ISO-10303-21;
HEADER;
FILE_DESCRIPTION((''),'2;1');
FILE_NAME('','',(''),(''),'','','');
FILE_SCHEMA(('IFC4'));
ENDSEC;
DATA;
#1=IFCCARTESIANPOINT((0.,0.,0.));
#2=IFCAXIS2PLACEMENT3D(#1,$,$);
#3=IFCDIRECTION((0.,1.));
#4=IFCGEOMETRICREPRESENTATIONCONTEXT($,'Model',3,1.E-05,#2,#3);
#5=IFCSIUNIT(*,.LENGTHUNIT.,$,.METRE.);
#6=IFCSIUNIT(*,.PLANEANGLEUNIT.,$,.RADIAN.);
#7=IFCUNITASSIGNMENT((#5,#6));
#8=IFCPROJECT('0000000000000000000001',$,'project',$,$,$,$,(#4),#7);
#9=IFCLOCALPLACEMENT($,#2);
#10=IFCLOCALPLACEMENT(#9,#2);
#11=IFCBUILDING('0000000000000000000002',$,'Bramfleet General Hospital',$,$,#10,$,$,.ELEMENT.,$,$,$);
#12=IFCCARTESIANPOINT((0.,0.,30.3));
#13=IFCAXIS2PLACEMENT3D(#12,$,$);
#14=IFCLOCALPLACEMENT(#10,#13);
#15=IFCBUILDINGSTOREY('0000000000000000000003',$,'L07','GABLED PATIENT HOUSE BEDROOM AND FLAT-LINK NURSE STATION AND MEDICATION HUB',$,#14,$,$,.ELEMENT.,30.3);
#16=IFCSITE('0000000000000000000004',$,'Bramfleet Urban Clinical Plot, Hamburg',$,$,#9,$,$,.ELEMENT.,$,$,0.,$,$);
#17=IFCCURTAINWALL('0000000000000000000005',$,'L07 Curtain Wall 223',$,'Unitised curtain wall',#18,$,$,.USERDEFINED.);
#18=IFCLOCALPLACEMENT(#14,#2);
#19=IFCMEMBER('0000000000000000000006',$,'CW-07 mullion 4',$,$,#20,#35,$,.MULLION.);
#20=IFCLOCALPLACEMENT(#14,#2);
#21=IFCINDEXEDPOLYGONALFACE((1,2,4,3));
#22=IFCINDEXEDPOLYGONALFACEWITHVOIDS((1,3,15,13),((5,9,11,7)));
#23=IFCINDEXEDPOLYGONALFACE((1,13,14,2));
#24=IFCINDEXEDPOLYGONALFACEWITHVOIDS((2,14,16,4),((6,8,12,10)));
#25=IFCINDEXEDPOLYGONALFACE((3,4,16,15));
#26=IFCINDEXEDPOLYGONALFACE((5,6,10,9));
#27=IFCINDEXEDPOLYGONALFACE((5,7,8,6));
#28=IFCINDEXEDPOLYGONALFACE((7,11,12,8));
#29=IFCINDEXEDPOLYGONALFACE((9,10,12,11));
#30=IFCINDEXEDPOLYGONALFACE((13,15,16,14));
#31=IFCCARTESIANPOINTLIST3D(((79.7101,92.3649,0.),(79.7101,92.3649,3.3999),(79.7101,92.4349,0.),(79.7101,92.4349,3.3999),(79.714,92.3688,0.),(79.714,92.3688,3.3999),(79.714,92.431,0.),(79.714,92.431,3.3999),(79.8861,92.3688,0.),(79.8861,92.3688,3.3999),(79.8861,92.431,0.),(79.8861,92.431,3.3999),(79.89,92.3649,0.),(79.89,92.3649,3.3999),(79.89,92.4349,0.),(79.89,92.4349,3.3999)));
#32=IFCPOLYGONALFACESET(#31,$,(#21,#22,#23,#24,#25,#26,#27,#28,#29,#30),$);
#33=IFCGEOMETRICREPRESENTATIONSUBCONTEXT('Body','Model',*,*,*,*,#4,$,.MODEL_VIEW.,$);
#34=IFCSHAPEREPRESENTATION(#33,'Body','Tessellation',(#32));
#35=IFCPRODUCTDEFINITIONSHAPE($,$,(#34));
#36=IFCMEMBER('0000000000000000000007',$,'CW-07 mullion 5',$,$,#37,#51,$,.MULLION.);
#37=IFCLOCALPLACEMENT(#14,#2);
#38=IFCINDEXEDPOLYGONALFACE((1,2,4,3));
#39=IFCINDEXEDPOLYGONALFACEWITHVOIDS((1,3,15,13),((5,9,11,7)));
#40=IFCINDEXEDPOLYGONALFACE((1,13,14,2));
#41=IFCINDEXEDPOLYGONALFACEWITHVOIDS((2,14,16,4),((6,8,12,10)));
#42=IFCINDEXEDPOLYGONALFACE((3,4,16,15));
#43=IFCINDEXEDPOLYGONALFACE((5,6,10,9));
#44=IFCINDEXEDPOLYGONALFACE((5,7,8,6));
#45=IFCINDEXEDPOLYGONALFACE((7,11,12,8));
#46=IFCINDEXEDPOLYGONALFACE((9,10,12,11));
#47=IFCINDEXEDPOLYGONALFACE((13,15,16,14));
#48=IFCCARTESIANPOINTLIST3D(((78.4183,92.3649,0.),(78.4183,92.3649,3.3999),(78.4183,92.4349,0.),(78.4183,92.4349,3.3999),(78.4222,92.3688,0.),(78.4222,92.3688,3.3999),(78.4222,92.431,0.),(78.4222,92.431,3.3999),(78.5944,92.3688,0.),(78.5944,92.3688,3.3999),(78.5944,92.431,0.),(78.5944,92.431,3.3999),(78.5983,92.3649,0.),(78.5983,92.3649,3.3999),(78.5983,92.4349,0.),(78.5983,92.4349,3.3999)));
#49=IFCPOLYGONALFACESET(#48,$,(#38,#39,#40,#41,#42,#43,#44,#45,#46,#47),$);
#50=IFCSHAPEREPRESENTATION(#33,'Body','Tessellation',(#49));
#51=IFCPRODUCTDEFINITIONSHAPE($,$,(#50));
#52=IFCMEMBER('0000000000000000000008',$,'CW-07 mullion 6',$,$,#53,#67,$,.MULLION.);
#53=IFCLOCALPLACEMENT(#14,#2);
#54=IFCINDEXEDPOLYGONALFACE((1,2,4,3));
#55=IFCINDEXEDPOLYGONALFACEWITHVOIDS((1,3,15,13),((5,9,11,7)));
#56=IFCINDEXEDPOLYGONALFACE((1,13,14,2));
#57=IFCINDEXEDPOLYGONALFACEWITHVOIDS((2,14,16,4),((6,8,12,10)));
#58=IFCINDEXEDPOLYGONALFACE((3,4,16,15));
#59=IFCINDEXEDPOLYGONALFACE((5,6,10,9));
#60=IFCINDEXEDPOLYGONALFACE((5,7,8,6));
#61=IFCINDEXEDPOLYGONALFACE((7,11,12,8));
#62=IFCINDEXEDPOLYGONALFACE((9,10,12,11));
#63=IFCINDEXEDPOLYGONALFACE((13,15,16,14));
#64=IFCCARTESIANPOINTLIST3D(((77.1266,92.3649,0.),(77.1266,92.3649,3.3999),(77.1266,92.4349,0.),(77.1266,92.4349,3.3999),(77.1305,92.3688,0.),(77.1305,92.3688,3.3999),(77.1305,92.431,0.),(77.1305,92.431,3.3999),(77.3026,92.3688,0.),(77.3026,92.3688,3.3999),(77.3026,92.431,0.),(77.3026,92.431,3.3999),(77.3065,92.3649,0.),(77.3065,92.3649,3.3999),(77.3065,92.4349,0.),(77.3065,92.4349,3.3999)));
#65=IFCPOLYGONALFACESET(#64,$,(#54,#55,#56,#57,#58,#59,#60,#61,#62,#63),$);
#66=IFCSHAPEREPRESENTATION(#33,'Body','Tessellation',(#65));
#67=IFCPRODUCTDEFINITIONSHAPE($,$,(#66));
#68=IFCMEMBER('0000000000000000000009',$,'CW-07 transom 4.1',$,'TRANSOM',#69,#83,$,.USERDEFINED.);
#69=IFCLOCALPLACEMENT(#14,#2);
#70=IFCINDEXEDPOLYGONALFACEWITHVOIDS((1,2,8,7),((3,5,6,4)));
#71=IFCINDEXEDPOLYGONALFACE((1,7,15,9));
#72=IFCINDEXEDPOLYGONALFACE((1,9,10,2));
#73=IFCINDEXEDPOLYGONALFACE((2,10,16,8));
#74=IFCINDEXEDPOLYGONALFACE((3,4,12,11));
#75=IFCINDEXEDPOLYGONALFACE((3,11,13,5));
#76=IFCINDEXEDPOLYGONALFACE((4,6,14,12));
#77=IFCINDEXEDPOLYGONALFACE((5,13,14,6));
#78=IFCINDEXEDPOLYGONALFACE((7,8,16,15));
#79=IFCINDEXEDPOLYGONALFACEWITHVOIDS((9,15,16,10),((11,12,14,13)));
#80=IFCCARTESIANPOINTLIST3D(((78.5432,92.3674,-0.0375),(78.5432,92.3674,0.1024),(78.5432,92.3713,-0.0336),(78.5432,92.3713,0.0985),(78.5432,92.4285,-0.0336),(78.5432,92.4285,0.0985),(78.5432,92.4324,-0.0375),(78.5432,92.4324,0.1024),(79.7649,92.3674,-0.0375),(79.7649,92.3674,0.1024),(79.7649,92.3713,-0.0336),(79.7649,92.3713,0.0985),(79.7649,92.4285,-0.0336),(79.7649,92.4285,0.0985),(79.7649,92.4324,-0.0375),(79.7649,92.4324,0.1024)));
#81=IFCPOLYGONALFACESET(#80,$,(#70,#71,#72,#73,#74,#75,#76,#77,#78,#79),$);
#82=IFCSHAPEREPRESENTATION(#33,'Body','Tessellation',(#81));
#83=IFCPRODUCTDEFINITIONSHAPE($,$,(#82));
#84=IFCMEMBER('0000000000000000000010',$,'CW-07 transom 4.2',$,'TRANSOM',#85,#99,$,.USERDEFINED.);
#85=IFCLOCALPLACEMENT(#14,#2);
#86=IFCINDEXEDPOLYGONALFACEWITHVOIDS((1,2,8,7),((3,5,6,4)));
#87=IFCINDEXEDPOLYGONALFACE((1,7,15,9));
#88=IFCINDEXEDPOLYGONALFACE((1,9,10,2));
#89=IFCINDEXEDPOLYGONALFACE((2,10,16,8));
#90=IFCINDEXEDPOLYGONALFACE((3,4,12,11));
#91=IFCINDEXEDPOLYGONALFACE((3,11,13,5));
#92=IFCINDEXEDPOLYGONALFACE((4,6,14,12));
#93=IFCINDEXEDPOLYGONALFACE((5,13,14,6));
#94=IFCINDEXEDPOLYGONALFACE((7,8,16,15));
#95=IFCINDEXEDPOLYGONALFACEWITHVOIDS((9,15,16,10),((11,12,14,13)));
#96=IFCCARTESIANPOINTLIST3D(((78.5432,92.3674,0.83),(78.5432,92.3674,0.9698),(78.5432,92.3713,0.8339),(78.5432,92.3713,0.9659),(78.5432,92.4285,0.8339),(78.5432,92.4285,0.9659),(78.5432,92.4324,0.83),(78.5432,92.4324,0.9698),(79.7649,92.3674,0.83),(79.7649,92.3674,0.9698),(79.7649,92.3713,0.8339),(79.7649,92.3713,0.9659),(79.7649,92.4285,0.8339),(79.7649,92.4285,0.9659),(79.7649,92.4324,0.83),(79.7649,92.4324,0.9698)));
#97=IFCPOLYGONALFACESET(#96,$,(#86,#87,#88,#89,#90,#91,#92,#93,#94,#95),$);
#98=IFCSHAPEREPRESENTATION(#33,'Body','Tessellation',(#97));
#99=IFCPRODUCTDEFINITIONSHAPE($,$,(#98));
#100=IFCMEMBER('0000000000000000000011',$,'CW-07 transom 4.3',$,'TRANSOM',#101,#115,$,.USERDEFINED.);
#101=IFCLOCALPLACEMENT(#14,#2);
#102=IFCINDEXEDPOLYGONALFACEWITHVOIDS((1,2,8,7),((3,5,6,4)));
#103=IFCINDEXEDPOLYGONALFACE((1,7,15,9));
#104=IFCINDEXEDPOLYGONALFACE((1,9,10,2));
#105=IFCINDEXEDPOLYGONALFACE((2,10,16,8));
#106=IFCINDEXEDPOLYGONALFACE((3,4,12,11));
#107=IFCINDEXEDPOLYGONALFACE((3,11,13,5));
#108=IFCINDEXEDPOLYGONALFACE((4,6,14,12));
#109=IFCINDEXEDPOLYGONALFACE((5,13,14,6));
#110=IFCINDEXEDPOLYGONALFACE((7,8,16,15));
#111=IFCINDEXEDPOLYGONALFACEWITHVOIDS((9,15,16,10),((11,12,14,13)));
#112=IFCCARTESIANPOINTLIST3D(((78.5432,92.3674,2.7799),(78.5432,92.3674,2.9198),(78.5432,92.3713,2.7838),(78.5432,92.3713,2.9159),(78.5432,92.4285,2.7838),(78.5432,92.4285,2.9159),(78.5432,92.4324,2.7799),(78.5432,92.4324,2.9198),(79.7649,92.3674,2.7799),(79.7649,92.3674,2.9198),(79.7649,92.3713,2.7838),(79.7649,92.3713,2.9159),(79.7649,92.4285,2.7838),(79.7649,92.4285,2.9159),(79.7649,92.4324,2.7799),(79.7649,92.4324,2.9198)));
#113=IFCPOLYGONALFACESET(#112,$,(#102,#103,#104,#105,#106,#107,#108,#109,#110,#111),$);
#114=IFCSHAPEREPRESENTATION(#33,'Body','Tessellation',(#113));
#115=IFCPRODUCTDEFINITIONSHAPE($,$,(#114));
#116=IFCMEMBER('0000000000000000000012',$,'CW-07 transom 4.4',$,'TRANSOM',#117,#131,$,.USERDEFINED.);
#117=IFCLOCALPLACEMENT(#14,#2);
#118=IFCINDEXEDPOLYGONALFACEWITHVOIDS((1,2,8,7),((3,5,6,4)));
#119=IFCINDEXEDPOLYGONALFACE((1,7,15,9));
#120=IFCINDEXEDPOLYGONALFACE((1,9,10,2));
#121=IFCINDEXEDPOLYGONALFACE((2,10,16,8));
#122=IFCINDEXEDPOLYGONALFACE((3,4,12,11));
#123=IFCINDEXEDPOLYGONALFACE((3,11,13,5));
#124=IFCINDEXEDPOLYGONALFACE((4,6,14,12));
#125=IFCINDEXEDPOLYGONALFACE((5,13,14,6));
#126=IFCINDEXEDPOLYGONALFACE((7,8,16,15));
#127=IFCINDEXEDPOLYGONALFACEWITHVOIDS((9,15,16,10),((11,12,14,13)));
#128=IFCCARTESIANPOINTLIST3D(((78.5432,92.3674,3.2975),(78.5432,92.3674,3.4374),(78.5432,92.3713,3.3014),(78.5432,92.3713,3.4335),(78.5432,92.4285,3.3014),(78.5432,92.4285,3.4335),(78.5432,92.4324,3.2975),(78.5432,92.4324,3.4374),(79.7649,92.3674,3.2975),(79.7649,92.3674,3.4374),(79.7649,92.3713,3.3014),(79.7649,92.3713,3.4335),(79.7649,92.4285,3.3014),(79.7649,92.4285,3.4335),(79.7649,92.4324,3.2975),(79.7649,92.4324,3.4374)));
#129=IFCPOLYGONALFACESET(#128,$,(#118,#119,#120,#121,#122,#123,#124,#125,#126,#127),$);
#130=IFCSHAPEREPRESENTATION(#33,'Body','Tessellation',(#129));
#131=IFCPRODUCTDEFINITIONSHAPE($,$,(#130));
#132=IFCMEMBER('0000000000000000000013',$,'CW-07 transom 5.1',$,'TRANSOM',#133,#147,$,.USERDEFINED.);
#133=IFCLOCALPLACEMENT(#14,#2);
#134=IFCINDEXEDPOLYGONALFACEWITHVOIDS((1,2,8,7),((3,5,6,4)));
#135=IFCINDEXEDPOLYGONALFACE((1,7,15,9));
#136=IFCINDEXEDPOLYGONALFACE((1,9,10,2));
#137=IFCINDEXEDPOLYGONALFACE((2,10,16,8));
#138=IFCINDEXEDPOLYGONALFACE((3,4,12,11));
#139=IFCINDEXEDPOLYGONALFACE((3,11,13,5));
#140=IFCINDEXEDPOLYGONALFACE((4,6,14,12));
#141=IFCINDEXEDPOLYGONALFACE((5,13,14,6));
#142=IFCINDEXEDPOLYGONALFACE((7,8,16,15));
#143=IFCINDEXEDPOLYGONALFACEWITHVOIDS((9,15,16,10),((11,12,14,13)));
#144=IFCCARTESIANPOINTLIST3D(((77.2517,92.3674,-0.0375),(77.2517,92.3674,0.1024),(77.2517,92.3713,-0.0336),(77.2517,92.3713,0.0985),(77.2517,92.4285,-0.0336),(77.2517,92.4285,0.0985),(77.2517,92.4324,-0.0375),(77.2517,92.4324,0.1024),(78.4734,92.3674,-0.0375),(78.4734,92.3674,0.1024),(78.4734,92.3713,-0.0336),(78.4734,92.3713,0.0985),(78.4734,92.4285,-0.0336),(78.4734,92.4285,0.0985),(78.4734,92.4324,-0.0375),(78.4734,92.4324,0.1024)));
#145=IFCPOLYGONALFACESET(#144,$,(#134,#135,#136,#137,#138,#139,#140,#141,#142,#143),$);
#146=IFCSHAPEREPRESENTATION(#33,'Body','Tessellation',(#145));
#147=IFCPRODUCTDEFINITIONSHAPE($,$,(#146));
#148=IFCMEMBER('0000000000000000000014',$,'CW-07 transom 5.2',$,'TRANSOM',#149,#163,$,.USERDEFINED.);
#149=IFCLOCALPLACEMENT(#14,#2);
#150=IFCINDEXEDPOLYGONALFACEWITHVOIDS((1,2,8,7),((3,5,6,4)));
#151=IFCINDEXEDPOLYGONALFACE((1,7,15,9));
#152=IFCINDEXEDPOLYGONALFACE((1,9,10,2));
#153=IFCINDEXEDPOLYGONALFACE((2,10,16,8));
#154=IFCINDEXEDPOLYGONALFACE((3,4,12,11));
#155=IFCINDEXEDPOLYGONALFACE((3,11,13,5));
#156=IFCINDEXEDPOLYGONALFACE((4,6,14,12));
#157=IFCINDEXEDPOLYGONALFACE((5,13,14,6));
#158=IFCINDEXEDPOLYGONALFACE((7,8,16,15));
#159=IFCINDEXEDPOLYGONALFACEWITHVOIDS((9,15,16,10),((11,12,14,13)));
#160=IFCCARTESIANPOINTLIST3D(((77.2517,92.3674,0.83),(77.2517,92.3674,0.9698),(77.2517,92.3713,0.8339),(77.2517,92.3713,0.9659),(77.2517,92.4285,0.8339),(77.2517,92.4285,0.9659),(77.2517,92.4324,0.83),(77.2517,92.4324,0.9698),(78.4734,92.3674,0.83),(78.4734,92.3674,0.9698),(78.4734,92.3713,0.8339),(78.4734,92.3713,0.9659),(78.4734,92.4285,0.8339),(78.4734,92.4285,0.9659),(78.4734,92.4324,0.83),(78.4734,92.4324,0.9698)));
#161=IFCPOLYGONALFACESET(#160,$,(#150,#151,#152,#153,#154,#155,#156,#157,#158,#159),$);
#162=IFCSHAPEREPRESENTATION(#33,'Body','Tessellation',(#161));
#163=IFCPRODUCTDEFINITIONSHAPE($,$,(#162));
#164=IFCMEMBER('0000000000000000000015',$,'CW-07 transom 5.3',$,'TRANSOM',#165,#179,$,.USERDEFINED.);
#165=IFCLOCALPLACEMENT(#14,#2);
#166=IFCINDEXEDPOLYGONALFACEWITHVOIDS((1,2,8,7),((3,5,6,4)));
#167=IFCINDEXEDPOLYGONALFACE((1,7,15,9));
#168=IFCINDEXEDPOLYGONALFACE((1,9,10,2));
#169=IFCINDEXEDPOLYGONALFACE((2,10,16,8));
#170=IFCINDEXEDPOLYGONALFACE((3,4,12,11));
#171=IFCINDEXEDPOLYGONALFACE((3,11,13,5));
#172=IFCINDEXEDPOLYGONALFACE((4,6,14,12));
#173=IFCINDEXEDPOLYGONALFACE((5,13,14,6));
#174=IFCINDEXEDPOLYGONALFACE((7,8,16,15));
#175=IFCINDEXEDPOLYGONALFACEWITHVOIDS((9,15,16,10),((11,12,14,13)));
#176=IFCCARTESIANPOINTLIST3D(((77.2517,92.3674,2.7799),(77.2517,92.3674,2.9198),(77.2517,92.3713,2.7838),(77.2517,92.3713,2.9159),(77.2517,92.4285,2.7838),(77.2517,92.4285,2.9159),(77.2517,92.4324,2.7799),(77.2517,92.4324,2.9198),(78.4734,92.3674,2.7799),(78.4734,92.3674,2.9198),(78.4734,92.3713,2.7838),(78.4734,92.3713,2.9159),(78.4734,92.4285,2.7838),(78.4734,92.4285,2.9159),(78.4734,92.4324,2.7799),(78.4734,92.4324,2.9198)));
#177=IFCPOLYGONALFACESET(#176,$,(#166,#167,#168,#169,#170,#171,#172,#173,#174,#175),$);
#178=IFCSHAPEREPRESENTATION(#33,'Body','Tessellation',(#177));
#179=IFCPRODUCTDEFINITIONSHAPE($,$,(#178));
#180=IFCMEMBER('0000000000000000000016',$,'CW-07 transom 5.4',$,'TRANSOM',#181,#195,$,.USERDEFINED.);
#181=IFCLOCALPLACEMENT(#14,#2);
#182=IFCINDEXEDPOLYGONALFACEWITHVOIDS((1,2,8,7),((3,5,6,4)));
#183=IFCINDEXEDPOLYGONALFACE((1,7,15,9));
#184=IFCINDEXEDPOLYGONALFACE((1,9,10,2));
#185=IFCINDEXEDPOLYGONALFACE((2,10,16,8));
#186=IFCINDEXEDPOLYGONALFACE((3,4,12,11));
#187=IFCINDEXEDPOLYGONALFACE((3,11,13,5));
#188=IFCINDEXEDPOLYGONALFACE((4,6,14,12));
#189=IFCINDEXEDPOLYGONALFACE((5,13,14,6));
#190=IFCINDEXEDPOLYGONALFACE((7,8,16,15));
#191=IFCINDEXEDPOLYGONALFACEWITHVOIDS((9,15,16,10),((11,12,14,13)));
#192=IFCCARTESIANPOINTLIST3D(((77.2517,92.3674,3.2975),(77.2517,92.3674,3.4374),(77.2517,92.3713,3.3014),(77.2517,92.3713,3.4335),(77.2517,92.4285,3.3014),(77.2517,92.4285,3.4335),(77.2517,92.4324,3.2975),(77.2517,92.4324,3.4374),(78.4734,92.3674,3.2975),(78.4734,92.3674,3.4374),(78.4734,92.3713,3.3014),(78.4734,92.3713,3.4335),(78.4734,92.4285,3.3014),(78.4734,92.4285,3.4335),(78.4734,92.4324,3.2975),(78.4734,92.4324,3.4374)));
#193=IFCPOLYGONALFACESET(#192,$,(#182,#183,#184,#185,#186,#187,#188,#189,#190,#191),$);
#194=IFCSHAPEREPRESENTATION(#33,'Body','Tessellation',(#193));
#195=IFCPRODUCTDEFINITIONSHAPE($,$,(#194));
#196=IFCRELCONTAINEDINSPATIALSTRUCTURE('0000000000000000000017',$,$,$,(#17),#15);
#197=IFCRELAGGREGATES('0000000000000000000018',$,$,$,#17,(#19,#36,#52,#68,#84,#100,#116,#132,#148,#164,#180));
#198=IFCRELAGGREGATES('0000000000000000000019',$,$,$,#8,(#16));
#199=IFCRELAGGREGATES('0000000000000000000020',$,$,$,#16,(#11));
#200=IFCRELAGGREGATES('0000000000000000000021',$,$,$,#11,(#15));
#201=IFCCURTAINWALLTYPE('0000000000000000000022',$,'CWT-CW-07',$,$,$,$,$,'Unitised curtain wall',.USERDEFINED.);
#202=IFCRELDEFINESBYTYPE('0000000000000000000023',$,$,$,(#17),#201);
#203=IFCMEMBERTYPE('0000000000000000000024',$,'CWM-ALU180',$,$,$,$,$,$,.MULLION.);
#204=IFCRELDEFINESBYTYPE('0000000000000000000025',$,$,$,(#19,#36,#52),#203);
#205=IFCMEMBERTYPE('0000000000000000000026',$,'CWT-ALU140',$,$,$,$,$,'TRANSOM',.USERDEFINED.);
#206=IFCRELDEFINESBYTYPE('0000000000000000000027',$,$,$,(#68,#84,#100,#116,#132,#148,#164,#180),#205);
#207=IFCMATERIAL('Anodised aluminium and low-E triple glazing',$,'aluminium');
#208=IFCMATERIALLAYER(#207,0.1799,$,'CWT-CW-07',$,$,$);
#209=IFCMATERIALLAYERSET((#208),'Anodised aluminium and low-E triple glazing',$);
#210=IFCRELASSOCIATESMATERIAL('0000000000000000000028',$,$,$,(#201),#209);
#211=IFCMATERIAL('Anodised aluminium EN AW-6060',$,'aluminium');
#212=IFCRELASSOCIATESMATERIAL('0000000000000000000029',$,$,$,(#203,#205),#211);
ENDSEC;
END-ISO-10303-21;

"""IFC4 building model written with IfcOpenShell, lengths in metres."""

from ifc_helpers import new_model, si_unit, direction, frame, origin, origin_2d, place, context, subcontext, project, spatial, hollow_rectangle, extrude, material, layer, layer_set, material_profile, profile_set, type_object, element, aggregate, save


model = new_model("IFC4")

# Units and contexts
model_context = context("Model", 3, precision=1e-05, world=origin(), true_north=direction((0.0, 1.0)))
body_context = subcontext(model_context, "Body", "Model", "MODEL_VIEW")
ifc_project = project(units=[si_unit("LENGTHUNIT", "METRE"), si_unit("PLANEANGLEUNIT", "RADIAN")], contexts=[model_context])

# Site, building, storey
site_placement = place(None, origin())
site = spatial("IfcSite", under=ifc_project, at=site_placement, Name="Bramfleet Urban Clinical Plot, Hamburg", CompositionType="ELEMENT", RefElevation=0.0)
building_placement = place(site_placement, origin())
building = spatial("IfcBuilding", under=site, at=building_placement, Name="Bramfleet General Hospital", CompositionType="ELEMENT")
storey_placement = place(building_placement, frame((0.0, 0.0, 30.3)))
storey = spatial("IfcBuildingStorey", under=building, at=storey_placement, Name="L07", Description="GABLED PATIENT HOUSE BEDROOM AND FLAT-LINK NURSE STATION AND MEDICATION HUB", CompositionType="ELEMENT", Elevation=30.3)

# Curtain wall, members
ifc_material_1 = material(Name="Anodised aluminium and low-E triple glazing", Category="aluminium")
ifc_layer_1 = layer(ifc_material_1, 0.1799, Name="CWT-CW-07")
ifc_layer_set_1 = layer_set([ifc_layer_1], Name="Anodised aluminium and low-E triple glazing")
curtain_wall_type = type_object("IfcCurtainWallType", Name="CWT-CW-07", ElementType="Unitised curtain wall", PredefinedType="USERDEFINED", material=ifc_layer_set_1)
curtain_wall_placement = place(storey_placement, origin())
curtain_wall = element("IfcCurtainWall", 1, at=curtain_wall_placement, inside=storey, type_object=curtain_wall_type, Name="L07 Curtain Wall 223", ObjectType="Unitised curtain wall", PredefinedType="USERDEFINED")
ifc_material_2 = material(Name="Anodised aluminium EN AW-6060", Category="aluminium")
ifc_material_profile_1 = material_profile(ifc_material_2, hollow_rectangle(XDim=0.0701, YDim=0.1799, WallThickness=0.0039, at=origin_2d()), Name="ALU 180x70x4.0")
ifc_profile_set_1 = profile_set([ifc_material_profile_1], Name="Anodised aluminium EN AW-6060")
member_type_1 = type_object("IfcMemberType", Name="CWM-ALU180", PredefinedType="MULLION", material=ifc_profile_set_1)
member_1_placement = place(storey_placement, frame((79.8, 92.3999, 0.0), z_axis=(0.0, 0.0, 1.0), x_axis=(0.0, -1.0, 0.0)))
member_1 = element("IfcMember", 2, at=member_1_placement, type_object=member_type_1, Name="CW-07 mullion 4", PredefinedType="MULLION", context=body_context, shape_type="SweptSolid", body=[
    extrude(hollow_rectangle(XDim=0.0701, YDim=0.1799, WallThickness=0.0039, at=origin_2d()), origin(), (0.0, 0.0, 1.0), 3.3999),
])
member_2_placement = place(storey_placement, frame((78.5083, 92.3999, 0.0), z_axis=(0.0, 0.0, 1.0), x_axis=(0.0, -1.0, 0.0)))
member_2 = element("IfcMember", 3, at=member_2_placement, type_object=member_type_1, Name="CW-07 mullion 5", PredefinedType="MULLION", context=body_context, shape_type="SweptSolid", body=[
    extrude(hollow_rectangle(XDim=0.0701, YDim=0.1799, WallThickness=0.0039, at=origin_2d()), origin(), (0.0, 0.0, 1.0), 3.3999),
])
member_3_placement = place(storey_placement, frame((77.2166, 92.3999, 0.0), z_axis=(0.0, 0.0, 1.0), x_axis=(0.0, -1.0, 0.0)))
member_3 = element("IfcMember", 4, at=member_3_placement, type_object=member_type_1, Name="CW-07 mullion 6", PredefinedType="MULLION", context=body_context, shape_type="SweptSolid", body=[
    extrude(hollow_rectangle(XDim=0.0701, YDim=0.1799, WallThickness=0.0039, at=origin_2d()), origin(), (0.0, 0.0, 1.0), 3.3999),
])
ifc_material_profile_2 = material_profile(ifc_material_2, hollow_rectangle(XDim=0.0649, YDim=0.1399, WallThickness=0.0039, at=origin_2d()), Name="ALU 140x65x4.0")
ifc_profile_set_2 = profile_set([ifc_material_profile_2], Name="Anodised aluminium EN AW-6060")
member_type_2 = type_object("IfcMemberType", Name="CWT-ALU140", ElementType="TRANSOM", PredefinedType="USERDEFINED", material=ifc_profile_set_2)
member_4_placement = place(storey_placement, frame((79.7649, 92.3999, 0.0325), z_axis=(-1.0, 0.0, 0.0), x_axis=(0.0, -1.0, 0.0)))
member_4 = element("IfcMember", 5, at=member_4_placement, type_object=member_type_2, Name="CW-07 transom 4.1", ObjectType="TRANSOM", PredefinedType="USERDEFINED", context=body_context, shape_type="SweptSolid", body=[
    extrude(hollow_rectangle(XDim=0.0649, YDim=0.1399, WallThickness=0.0039, at=origin_2d()), origin(), (0.0, 0.0, 1.0), 1.2217),
])
member_5_placement = place(storey_placement, frame((79.7649, 92.3999, 0.8999), z_axis=(-1.0, 0.0, 0.0), x_axis=(0.0, -1.0, 0.0)))
member_5 = element("IfcMember", 6, at=member_5_placement, type_object=member_type_2, Name="CW-07 transom 4.2", ObjectType="TRANSOM", PredefinedType="USERDEFINED", context=body_context, shape_type="SweptSolid", body=[
    extrude(hollow_rectangle(XDim=0.0649, YDim=0.1399, WallThickness=0.0039, at=origin_2d()), origin(), (0.0, 0.0, 1.0), 1.2217),
])
member_6_placement = place(storey_placement, frame((79.7649, 92.3999, 2.8499), z_axis=(-1.0, 0.0, 0.0), x_axis=(0.0, -1.0, 0.0)))
member_6 = element("IfcMember", 7, at=member_6_placement, type_object=member_type_2, Name="CW-07 transom 4.3", ObjectType="TRANSOM", PredefinedType="USERDEFINED", context=body_context, shape_type="SweptSolid", body=[
    extrude(hollow_rectangle(XDim=0.0649, YDim=0.1399, WallThickness=0.0039, at=origin_2d()), origin(), (0.0, 0.0, 1.0), 1.2217),
])
member_7_placement = place(storey_placement, frame((79.7649, 92.3999, 3.3674), z_axis=(-1.0, 0.0, 0.0), x_axis=(0.0, -1.0, 0.0)))
member_7 = element("IfcMember", 8, at=member_7_placement, type_object=member_type_2, Name="CW-07 transom 4.4", ObjectType="TRANSOM", PredefinedType="USERDEFINED", context=body_context, shape_type="SweptSolid", body=[
    extrude(hollow_rectangle(XDim=0.0649, YDim=0.1399, WallThickness=0.0039, at=origin_2d()), origin(), (0.0, 0.0, 1.0), 1.2217),
])
member_8_placement = place(storey_placement, frame((78.4734, 92.3999, 0.0325), z_axis=(-1.0, 0.0, 0.0), x_axis=(0.0, -1.0, 0.0)))
member_8 = element("IfcMember", 9, at=member_8_placement, type_object=member_type_2, Name="CW-07 transom 5.1", ObjectType="TRANSOM", PredefinedType="USERDEFINED", context=body_context, shape_type="SweptSolid", body=[
    extrude(hollow_rectangle(XDim=0.0649, YDim=0.1399, WallThickness=0.0039, at=origin_2d()), origin(), (0.0, 0.0, 1.0), 1.2217),
])
member_9_placement = place(storey_placement, frame((78.4734, 92.3999, 0.8999), z_axis=(-1.0, 0.0, 0.0), x_axis=(0.0, -1.0, 0.0)))
member_9 = element("IfcMember", 10, at=member_9_placement, type_object=member_type_2, Name="CW-07 transom 5.2", ObjectType="TRANSOM", PredefinedType="USERDEFINED", context=body_context, shape_type="SweptSolid", body=[
    extrude(hollow_rectangle(XDim=0.0649, YDim=0.1399, WallThickness=0.0039, at=origin_2d()), origin(), (0.0, 0.0, 1.0), 1.2217),
])
member_10_placement = place(storey_placement, frame((78.4734, 92.3999, 2.8499), z_axis=(-1.0, 0.0, 0.0), x_axis=(0.0, -1.0, 0.0)))
member_10 = element("IfcMember", 11, at=member_10_placement, type_object=member_type_2, Name="CW-07 transom 5.3", ObjectType="TRANSOM", PredefinedType="USERDEFINED", context=body_context, shape_type="SweptSolid", body=[
    extrude(hollow_rectangle(XDim=0.0649, YDim=0.1399, WallThickness=0.0039, at=origin_2d()), origin(), (0.0, 0.0, 1.0), 1.2217),
])
member_11_placement = place(storey_placement, frame((78.4734, 92.3999, 3.3674), z_axis=(-1.0, 0.0, 0.0), x_axis=(0.0, -1.0, 0.0)))
member_11 = element("IfcMember", 12, at=member_11_placement, type_object=member_type_2, Name="CW-07 transom 5.4", ObjectType="TRANSOM", PredefinedType="USERDEFINED", context=body_context, shape_type="SweptSolid", body=[
    extrude(hollow_rectangle(XDim=0.0649, YDim=0.1399, WallThickness=0.0039, at=origin_2d()), origin(), (0.0, 0.0, 1.0), 1.2217),
])
aggregate(curtain_wall, [member_1, member_2, member_3, member_4, member_5, member_6, member_7, member_8, member_9, member_10, member_11])

save(model, "model.ifc")
